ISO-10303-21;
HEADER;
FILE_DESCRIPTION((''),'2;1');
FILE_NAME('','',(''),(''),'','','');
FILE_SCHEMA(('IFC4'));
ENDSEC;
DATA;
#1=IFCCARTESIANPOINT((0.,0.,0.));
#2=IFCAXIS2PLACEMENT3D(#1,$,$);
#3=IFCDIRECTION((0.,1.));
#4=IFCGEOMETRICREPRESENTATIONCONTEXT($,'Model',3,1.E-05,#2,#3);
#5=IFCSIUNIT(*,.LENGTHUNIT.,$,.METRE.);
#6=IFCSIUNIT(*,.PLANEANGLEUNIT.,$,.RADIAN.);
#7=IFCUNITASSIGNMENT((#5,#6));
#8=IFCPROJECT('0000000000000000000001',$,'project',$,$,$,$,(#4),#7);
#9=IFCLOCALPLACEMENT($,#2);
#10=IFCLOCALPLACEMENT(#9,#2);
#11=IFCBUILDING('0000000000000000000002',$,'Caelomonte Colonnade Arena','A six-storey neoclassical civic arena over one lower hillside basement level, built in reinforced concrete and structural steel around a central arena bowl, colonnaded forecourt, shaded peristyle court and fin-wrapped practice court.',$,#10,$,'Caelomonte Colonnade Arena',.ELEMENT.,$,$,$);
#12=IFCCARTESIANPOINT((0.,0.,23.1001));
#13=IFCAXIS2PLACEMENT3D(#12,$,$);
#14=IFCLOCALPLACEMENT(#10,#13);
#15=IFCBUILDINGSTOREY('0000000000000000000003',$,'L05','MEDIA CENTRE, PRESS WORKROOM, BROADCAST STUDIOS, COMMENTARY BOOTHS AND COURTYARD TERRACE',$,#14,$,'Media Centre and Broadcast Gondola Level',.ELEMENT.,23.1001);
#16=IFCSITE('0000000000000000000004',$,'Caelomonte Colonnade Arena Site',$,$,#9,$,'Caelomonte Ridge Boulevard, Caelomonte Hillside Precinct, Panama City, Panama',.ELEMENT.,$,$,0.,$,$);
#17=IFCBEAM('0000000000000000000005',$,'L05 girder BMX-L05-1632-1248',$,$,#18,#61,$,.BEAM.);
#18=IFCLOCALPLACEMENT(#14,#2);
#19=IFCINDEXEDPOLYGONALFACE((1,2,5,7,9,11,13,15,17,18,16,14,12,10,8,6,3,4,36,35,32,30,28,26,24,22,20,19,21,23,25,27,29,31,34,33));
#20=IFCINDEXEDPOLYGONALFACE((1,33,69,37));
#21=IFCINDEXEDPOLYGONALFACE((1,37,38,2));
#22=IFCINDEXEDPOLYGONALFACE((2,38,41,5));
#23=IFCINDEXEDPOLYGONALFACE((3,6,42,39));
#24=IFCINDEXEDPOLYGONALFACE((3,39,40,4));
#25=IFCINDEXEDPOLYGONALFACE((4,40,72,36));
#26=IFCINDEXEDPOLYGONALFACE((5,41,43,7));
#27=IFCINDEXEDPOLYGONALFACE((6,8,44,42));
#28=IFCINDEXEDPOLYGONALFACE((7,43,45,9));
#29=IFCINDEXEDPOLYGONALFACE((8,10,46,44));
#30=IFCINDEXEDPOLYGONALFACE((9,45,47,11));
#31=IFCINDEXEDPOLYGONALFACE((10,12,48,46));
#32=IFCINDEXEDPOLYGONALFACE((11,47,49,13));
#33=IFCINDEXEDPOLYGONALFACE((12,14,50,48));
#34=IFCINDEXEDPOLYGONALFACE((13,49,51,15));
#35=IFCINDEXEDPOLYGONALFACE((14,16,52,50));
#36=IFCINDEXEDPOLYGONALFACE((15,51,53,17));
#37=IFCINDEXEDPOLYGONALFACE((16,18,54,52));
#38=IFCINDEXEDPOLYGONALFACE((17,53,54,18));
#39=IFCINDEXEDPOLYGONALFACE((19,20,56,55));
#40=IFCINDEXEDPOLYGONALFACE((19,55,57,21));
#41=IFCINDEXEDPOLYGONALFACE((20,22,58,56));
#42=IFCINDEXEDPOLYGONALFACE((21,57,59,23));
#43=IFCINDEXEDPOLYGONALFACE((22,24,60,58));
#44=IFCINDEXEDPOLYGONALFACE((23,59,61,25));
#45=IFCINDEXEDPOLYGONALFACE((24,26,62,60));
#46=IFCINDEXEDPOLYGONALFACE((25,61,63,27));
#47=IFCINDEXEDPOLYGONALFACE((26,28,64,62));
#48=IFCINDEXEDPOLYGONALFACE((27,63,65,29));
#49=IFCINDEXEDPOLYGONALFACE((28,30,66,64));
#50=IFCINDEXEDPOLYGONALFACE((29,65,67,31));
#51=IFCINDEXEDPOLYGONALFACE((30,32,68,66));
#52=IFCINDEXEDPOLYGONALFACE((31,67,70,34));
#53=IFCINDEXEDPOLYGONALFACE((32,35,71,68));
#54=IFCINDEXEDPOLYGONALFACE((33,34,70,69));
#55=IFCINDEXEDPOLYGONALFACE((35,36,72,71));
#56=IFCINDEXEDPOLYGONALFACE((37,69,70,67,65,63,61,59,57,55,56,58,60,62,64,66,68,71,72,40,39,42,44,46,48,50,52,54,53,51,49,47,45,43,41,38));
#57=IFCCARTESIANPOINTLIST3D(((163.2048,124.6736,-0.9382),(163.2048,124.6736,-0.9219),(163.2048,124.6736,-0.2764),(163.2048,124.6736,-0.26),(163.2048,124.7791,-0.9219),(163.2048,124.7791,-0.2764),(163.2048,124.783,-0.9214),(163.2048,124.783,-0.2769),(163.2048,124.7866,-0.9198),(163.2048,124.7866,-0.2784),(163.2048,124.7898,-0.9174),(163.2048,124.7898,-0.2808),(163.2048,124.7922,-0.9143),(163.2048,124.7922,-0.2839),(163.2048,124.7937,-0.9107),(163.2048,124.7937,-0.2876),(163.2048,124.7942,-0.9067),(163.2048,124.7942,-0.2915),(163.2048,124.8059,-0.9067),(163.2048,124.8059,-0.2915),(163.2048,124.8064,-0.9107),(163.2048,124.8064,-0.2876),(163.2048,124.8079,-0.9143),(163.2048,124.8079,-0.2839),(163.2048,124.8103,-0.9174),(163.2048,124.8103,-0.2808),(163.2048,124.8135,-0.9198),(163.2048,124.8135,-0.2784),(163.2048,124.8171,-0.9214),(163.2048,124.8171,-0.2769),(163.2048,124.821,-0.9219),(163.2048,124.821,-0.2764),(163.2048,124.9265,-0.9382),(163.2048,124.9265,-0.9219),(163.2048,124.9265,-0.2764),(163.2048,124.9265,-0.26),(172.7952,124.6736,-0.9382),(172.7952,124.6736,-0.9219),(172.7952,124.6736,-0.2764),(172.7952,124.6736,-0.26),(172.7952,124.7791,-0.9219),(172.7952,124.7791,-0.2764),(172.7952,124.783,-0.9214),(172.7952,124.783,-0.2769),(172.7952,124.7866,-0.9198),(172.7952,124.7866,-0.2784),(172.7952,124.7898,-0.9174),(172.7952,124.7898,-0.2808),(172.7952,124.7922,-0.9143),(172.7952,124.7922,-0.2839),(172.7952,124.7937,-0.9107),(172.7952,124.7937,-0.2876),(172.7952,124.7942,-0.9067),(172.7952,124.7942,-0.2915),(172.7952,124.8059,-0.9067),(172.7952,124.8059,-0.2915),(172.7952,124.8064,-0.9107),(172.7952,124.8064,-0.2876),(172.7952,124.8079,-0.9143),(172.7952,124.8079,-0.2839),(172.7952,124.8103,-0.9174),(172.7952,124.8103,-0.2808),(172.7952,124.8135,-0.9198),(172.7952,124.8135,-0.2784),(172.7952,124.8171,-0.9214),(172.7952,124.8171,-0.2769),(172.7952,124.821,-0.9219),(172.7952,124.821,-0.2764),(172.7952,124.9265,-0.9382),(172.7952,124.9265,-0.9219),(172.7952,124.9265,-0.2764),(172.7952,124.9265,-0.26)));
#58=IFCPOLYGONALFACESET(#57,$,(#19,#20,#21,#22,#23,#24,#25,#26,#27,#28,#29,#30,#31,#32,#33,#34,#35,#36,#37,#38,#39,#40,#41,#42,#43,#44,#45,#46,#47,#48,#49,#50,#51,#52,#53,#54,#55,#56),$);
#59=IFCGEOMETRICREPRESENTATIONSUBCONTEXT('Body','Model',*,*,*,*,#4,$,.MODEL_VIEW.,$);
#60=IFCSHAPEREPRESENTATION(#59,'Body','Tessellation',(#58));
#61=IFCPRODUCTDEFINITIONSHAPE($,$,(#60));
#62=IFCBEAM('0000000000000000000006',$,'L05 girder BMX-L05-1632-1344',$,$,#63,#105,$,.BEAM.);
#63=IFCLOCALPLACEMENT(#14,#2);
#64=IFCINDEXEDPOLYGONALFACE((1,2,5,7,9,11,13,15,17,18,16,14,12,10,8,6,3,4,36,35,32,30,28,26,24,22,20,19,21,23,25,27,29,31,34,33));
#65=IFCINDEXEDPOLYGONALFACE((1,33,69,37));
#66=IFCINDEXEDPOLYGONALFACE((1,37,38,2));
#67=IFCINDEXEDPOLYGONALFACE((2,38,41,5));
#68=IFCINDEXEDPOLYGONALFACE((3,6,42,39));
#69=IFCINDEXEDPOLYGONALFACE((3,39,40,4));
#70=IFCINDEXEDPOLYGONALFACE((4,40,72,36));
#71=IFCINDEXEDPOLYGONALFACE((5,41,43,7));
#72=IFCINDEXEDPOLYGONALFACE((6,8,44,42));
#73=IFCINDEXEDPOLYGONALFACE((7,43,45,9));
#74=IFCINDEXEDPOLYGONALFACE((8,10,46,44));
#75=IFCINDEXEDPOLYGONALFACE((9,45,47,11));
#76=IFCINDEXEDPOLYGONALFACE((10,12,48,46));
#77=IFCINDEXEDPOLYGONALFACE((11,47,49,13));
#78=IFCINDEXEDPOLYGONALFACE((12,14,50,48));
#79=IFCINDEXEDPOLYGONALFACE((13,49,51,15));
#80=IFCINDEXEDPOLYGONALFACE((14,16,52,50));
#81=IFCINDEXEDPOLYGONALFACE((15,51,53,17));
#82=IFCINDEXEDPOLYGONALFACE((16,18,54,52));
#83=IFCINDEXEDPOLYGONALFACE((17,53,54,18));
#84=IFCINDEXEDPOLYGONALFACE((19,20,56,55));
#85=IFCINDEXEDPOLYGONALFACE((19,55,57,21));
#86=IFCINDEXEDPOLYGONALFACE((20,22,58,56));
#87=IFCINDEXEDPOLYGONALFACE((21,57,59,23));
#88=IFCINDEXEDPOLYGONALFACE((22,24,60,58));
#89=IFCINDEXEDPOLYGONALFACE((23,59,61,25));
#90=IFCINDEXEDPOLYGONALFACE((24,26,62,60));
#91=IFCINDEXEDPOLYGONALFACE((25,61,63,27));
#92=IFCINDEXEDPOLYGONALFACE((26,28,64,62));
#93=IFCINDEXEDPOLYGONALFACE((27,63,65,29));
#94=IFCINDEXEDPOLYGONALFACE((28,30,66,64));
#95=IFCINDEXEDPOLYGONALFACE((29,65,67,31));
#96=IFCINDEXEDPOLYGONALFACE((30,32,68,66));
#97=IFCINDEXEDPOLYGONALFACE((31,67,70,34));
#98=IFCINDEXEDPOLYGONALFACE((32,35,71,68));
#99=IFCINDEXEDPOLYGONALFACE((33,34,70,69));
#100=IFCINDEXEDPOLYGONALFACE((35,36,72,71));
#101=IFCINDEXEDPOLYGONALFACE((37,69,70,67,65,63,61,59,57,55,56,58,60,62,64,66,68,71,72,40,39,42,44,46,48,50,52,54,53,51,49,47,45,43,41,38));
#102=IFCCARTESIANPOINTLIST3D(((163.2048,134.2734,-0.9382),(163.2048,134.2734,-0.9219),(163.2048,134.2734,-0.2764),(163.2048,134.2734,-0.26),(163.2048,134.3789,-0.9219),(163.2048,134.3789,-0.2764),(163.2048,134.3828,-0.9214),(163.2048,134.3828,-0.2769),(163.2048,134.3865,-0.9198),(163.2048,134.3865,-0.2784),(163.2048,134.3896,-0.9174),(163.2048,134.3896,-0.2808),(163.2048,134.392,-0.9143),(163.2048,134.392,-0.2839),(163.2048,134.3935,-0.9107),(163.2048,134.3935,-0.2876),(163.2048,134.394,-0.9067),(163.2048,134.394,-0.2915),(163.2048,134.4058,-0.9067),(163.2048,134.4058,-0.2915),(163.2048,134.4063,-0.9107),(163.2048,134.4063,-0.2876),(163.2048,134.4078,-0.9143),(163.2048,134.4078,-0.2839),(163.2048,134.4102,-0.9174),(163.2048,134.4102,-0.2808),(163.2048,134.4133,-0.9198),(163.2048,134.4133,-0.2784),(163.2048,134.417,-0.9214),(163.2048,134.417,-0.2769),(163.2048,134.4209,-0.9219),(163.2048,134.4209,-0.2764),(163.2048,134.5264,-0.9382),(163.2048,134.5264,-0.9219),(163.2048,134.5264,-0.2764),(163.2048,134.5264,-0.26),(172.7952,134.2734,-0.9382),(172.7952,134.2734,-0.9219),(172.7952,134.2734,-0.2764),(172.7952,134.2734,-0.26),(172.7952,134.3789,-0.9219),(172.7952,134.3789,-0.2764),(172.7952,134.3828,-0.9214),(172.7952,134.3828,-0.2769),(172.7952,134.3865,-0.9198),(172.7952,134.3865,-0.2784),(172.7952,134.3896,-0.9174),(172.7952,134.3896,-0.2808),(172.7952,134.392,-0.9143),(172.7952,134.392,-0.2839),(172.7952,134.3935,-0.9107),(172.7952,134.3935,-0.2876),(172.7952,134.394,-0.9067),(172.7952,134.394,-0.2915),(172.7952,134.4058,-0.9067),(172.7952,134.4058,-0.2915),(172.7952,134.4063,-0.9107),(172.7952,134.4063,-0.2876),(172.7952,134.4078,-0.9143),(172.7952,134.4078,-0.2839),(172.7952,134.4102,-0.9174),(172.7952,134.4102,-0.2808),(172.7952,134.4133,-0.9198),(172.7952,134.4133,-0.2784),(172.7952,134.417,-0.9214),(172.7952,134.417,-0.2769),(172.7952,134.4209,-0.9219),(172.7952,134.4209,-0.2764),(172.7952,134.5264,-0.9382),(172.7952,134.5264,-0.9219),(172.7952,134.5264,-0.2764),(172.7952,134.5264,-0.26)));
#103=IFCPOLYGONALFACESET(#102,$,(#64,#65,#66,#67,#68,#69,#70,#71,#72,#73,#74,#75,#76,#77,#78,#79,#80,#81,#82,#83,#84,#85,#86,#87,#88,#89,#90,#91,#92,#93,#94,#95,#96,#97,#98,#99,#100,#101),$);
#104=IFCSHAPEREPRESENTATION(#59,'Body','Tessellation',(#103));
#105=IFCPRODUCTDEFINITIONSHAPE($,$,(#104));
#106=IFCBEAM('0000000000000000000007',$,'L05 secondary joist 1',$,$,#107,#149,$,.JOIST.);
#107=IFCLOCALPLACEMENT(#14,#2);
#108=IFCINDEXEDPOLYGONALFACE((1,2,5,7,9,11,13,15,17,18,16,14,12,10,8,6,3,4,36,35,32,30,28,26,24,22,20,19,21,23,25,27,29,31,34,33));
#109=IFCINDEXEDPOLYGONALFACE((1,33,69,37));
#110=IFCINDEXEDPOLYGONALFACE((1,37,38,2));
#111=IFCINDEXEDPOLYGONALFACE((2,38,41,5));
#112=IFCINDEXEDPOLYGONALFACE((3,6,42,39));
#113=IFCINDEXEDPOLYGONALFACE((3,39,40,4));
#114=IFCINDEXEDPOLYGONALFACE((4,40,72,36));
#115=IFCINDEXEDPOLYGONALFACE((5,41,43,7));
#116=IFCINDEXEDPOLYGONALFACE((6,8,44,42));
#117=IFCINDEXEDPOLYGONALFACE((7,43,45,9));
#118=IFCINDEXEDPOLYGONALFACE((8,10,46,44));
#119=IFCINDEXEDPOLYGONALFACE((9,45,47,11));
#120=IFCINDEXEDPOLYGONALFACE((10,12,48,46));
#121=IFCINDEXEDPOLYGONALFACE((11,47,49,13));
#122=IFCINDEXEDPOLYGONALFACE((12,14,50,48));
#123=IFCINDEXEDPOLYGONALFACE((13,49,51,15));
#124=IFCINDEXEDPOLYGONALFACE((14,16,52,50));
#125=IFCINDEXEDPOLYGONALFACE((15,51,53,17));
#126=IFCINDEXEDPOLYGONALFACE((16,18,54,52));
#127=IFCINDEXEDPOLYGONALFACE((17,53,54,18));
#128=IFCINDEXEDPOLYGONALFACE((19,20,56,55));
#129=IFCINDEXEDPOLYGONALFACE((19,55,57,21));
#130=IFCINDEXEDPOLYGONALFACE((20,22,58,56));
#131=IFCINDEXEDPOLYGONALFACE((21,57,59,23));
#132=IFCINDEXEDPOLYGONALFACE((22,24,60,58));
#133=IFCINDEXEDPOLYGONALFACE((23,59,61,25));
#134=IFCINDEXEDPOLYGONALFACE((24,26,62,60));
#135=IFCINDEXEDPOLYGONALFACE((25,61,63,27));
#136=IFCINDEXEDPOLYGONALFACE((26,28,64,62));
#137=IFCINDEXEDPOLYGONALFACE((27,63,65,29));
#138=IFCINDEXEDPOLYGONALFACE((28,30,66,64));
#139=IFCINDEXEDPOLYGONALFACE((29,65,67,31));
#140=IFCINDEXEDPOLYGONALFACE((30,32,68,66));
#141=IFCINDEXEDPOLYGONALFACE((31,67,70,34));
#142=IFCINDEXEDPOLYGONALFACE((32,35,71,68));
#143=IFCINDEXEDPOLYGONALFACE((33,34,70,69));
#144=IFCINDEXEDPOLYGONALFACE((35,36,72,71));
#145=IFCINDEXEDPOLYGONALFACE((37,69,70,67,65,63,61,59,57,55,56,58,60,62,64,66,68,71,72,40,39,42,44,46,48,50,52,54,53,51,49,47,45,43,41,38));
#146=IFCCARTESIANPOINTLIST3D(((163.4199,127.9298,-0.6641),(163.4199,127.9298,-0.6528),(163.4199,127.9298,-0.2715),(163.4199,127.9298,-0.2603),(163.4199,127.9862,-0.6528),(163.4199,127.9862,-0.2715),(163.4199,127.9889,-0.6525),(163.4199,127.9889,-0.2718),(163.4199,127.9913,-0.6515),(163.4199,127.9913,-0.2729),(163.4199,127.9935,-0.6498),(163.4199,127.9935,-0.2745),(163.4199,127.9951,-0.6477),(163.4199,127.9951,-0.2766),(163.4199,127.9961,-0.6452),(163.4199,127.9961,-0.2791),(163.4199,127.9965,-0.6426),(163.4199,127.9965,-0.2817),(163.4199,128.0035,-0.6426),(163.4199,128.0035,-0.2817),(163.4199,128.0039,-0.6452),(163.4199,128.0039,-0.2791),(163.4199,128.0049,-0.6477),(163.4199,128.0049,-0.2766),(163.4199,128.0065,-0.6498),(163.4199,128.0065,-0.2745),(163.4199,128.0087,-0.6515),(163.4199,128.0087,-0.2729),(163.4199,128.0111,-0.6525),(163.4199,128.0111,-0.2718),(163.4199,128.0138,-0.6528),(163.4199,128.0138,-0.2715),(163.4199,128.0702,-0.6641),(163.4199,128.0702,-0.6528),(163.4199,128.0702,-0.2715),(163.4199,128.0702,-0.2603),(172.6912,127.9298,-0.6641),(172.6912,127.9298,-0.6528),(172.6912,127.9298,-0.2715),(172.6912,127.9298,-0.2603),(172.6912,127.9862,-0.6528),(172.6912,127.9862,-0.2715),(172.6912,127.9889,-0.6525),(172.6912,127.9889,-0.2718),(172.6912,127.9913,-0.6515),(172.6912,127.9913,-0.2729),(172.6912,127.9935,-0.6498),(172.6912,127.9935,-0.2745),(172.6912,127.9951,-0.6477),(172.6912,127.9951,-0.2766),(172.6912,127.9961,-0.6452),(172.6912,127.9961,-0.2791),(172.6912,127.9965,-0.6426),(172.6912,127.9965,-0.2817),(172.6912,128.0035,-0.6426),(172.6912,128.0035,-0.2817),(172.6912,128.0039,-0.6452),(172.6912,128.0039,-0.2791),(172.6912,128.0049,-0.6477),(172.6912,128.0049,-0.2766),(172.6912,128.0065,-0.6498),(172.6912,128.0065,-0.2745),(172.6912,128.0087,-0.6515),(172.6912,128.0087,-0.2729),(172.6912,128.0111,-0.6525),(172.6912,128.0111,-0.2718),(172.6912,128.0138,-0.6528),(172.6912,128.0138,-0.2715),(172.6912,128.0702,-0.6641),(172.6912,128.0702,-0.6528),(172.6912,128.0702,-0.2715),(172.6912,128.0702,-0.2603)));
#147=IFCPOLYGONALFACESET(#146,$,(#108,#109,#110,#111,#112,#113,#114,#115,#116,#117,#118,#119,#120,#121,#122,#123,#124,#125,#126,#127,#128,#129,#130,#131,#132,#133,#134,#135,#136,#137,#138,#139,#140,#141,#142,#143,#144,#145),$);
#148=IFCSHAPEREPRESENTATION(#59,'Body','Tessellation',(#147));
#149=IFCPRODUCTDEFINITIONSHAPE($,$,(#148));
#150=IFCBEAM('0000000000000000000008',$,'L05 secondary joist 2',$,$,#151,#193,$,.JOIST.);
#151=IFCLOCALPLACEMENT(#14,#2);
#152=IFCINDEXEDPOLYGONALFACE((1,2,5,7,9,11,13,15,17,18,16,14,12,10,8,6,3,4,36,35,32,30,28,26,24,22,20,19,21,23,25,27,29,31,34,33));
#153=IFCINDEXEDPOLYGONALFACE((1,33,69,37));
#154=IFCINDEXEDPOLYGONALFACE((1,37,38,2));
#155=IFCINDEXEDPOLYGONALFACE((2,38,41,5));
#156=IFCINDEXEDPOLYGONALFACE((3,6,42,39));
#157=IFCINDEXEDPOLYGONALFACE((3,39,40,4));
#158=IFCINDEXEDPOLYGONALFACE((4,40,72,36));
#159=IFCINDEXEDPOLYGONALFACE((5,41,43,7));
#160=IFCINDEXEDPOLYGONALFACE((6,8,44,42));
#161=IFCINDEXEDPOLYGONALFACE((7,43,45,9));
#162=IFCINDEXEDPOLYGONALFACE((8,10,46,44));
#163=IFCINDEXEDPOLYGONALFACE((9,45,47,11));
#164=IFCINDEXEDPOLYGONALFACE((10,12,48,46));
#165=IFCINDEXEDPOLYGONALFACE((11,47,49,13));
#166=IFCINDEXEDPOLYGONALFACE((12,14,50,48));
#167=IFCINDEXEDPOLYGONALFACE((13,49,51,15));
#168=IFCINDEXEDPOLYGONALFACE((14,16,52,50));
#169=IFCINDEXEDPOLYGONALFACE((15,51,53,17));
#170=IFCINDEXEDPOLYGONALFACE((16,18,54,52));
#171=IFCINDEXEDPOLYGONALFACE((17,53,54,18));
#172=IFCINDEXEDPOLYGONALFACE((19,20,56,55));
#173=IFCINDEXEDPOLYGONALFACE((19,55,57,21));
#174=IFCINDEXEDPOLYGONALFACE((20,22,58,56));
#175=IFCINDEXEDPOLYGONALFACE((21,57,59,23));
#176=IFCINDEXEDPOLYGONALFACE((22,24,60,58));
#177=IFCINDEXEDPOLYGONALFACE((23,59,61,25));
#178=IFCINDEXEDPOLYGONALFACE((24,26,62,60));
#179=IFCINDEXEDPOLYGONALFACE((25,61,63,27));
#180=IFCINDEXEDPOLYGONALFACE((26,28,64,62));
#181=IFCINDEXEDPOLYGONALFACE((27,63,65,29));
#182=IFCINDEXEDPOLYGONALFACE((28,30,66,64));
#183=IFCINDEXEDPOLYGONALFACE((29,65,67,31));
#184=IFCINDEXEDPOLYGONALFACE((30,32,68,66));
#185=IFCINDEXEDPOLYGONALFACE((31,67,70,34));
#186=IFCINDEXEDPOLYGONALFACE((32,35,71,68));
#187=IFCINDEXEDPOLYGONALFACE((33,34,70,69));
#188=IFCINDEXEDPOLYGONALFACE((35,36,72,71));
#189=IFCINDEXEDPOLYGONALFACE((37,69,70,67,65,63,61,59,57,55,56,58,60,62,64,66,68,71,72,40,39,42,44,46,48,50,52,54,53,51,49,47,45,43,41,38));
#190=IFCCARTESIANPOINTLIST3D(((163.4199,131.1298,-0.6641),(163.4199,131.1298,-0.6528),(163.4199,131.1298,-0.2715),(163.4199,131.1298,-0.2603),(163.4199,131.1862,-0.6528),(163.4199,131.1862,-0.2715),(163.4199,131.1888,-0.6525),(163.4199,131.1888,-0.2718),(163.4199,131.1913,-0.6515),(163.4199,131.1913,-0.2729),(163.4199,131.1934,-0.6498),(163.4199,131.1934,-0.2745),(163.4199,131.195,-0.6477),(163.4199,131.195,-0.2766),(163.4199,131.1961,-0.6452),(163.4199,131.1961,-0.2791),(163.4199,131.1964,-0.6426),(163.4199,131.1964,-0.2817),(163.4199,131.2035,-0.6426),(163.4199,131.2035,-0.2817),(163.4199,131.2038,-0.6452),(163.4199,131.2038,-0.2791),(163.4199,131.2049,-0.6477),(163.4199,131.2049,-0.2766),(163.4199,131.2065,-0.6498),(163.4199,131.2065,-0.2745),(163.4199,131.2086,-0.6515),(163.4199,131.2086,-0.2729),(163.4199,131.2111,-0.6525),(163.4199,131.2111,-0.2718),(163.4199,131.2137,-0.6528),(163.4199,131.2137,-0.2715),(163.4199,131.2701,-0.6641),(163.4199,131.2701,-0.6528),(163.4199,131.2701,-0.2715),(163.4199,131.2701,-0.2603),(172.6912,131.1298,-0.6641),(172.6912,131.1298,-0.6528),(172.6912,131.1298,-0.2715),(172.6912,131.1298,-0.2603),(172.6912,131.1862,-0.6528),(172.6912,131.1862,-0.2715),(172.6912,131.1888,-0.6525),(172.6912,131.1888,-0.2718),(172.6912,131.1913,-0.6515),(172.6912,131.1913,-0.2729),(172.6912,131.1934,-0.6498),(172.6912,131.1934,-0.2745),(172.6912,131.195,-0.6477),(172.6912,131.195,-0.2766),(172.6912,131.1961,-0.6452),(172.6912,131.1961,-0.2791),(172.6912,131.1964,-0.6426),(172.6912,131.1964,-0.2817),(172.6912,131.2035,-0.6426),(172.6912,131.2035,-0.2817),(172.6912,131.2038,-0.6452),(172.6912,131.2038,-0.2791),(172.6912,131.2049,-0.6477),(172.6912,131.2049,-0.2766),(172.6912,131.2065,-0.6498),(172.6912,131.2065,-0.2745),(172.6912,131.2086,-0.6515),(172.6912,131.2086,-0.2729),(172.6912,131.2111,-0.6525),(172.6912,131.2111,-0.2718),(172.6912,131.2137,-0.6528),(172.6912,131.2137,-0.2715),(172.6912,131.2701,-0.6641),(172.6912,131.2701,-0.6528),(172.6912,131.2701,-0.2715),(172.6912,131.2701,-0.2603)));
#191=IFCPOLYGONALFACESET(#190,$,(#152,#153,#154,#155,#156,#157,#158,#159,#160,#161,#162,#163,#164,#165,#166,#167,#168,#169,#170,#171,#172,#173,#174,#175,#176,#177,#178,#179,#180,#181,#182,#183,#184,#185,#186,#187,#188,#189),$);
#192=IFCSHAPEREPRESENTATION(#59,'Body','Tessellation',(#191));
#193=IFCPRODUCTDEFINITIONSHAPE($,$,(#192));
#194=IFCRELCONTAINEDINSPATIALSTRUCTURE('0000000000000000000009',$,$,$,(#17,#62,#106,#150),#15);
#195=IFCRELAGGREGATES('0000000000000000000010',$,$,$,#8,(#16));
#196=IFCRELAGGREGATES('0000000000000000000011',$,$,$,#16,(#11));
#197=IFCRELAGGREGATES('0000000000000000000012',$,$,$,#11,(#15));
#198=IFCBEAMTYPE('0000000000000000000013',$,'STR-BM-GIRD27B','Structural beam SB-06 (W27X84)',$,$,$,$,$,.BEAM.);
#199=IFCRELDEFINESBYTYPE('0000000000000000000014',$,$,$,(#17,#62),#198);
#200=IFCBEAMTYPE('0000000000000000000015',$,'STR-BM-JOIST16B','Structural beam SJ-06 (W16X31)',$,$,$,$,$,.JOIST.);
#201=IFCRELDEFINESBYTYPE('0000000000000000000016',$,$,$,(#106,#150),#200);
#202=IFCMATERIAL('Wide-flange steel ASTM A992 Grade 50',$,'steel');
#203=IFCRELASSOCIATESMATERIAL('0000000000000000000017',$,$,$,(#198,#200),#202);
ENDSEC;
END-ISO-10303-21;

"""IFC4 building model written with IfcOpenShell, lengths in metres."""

from ifc_helpers import new_model, si_unit, direction, frame, origin, origin_2d, place, context, subcontext, project, spatial, i_section, extrude, material, material_profile, profile_set, type_object, element, save


model = new_model("IFC4")

# Units and contexts
model_context = context("Model", 3, precision=1e-05, world=origin(), true_north=direction((0.0, 1.0)))
body_context = subcontext(model_context, "Body", "Model", "MODEL_VIEW")
ifc_project = project(units=[si_unit("LENGTHUNIT", "METRE"), si_unit("PLANEANGLEUNIT", "RADIAN")], contexts=[model_context])

# Site, building, storey
site_placement = place(None, origin())
site = spatial("IfcSite", under=ifc_project, at=site_placement, Name="Caelomonte Colonnade Arena Site", LongName="Caelomonte Ridge Boulevard, Caelomonte Hillside Precinct, Panama City, Panama", CompositionType="ELEMENT", RefElevation=0.0)
building_placement = place(site_placement, origin())
building = spatial("IfcBuilding", under=site, at=building_placement, Name="Caelomonte Colonnade Arena", Description="A six-storey neoclassical civic arena over one lower hillside basement level, built in reinforced concrete and structural steel around a central arena bowl, colonnaded forecourt, shaded peristyle court and fin-wrapped practice court.", LongName="Caelomonte Colonnade Arena", CompositionType="ELEMENT")
storey_placement = place(building_placement, frame((0.0, 0.0, 23.1001)))
storey = spatial("IfcBuildingStorey", under=building, at=storey_placement, Name="L05", Description="MEDIA CENTRE, PRESS WORKROOM, BROADCAST STUDIOS, COMMENTARY BOOTHS AND COURTYARD TERRACE", LongName="Media Centre and Broadcast Gondola Level", CompositionType="ELEMENT", Elevation=23.1001)

# Shared definitions
ifc_material_1 = material(Name="Wide-flange steel ASTM A992 Grade 50", Category="steel")

# Beams
ifc_material_profile_1 = material_profile(ifc_material_1, i_section(OverallWidth=0.2529, OverallDepth=0.6782, WebThickness=0.0117, FlangeThickness=0.0164, FilletRadius=0.0151, at=origin_2d()), Name="W27X84")
ifc_profile_set_1 = profile_set([ifc_material_profile_1], Name="Wide-flange steel ASTM A992 Grade 50")
beam_type_1 = type_object("IfcBeamType", Name="STR-BM-GIRD27B", Description="Structural beam SB-06 (W27X84)", PredefinedType="BEAM", material=ifc_profile_set_1)
for number, where, z_axis, x_axis, name in (
    (1, (163.2048, 124.8, -0.5991), (1.0, 0.0, 0.0), (0.0, 1.0, 0.0), "L05 girder BMX-L05-1632-1248"),
    (2, (163.2048, 134.3999, -0.5991), (1.0, 0.0, 0.0), (0.0, 1.0, 0.0), "L05 girder BMX-L05-1632-1344"),
):
    element("IfcBeam", number, at=place(storey_placement, frame(where, z_axis=z_axis, x_axis=x_axis)), inside=storey, type_object=beam_type_1, Name=name, PredefinedType="BEAM", context=body_context, shape_type="SweptSolid", body=[
        extrude(i_section(OverallWidth=0.2529, OverallDepth=0.6782, WebThickness=0.0117, FlangeThickness=0.0164, FilletRadius=0.0151, at=origin_2d()), origin(), (0.0, 0.0, 1.0), 9.5903),
    ])
ifc_material_profile_2 = material_profile(ifc_material_1, i_section(OverallWidth=0.1404, OverallDepth=0.4038, WebThickness=0.0071, FlangeThickness=0.0112, FilletRadius=0.0103, at=origin_2d()), Name="W16X31")
ifc_profile_set_2 = profile_set([ifc_material_profile_2], Name="Wide-flange steel ASTM A992 Grade 50")
beam_type_2 = type_object("IfcBeamType", Name="STR-BM-JOIST16B", Description="Structural beam SJ-06 (W16X31)", PredefinedType="JOIST", material=ifc_profile_set_2)
for number, where, z_axis, x_axis, name in (
    (3, (163.4199, 128.0, -0.4622), (1.0, 0.0, 0.0), (0.0, 1.0, 0.0), "L05 secondary joist 1"),
    (4, (163.4199, 131.2, -0.4622), (1.0, 0.0, 0.0), (0.0, 1.0, 0.0), "L05 secondary joist 2"),
):
    element("IfcBeam", number, at=place(storey_placement, frame(where, z_axis=z_axis, x_axis=x_axis)), inside=storey, type_object=beam_type_2, Name=name, PredefinedType="JOIST", context=body_context, shape_type="SweptSolid", body=[
        extrude(i_section(OverallWidth=0.1404, OverallDepth=0.4038, WebThickness=0.0071, FlangeThickness=0.0112, FilletRadius=0.0103, at=origin_2d()), origin(), (0.0, 0.0, 1.0), 9.2712),
    ])

save(model, "model.ifc")
